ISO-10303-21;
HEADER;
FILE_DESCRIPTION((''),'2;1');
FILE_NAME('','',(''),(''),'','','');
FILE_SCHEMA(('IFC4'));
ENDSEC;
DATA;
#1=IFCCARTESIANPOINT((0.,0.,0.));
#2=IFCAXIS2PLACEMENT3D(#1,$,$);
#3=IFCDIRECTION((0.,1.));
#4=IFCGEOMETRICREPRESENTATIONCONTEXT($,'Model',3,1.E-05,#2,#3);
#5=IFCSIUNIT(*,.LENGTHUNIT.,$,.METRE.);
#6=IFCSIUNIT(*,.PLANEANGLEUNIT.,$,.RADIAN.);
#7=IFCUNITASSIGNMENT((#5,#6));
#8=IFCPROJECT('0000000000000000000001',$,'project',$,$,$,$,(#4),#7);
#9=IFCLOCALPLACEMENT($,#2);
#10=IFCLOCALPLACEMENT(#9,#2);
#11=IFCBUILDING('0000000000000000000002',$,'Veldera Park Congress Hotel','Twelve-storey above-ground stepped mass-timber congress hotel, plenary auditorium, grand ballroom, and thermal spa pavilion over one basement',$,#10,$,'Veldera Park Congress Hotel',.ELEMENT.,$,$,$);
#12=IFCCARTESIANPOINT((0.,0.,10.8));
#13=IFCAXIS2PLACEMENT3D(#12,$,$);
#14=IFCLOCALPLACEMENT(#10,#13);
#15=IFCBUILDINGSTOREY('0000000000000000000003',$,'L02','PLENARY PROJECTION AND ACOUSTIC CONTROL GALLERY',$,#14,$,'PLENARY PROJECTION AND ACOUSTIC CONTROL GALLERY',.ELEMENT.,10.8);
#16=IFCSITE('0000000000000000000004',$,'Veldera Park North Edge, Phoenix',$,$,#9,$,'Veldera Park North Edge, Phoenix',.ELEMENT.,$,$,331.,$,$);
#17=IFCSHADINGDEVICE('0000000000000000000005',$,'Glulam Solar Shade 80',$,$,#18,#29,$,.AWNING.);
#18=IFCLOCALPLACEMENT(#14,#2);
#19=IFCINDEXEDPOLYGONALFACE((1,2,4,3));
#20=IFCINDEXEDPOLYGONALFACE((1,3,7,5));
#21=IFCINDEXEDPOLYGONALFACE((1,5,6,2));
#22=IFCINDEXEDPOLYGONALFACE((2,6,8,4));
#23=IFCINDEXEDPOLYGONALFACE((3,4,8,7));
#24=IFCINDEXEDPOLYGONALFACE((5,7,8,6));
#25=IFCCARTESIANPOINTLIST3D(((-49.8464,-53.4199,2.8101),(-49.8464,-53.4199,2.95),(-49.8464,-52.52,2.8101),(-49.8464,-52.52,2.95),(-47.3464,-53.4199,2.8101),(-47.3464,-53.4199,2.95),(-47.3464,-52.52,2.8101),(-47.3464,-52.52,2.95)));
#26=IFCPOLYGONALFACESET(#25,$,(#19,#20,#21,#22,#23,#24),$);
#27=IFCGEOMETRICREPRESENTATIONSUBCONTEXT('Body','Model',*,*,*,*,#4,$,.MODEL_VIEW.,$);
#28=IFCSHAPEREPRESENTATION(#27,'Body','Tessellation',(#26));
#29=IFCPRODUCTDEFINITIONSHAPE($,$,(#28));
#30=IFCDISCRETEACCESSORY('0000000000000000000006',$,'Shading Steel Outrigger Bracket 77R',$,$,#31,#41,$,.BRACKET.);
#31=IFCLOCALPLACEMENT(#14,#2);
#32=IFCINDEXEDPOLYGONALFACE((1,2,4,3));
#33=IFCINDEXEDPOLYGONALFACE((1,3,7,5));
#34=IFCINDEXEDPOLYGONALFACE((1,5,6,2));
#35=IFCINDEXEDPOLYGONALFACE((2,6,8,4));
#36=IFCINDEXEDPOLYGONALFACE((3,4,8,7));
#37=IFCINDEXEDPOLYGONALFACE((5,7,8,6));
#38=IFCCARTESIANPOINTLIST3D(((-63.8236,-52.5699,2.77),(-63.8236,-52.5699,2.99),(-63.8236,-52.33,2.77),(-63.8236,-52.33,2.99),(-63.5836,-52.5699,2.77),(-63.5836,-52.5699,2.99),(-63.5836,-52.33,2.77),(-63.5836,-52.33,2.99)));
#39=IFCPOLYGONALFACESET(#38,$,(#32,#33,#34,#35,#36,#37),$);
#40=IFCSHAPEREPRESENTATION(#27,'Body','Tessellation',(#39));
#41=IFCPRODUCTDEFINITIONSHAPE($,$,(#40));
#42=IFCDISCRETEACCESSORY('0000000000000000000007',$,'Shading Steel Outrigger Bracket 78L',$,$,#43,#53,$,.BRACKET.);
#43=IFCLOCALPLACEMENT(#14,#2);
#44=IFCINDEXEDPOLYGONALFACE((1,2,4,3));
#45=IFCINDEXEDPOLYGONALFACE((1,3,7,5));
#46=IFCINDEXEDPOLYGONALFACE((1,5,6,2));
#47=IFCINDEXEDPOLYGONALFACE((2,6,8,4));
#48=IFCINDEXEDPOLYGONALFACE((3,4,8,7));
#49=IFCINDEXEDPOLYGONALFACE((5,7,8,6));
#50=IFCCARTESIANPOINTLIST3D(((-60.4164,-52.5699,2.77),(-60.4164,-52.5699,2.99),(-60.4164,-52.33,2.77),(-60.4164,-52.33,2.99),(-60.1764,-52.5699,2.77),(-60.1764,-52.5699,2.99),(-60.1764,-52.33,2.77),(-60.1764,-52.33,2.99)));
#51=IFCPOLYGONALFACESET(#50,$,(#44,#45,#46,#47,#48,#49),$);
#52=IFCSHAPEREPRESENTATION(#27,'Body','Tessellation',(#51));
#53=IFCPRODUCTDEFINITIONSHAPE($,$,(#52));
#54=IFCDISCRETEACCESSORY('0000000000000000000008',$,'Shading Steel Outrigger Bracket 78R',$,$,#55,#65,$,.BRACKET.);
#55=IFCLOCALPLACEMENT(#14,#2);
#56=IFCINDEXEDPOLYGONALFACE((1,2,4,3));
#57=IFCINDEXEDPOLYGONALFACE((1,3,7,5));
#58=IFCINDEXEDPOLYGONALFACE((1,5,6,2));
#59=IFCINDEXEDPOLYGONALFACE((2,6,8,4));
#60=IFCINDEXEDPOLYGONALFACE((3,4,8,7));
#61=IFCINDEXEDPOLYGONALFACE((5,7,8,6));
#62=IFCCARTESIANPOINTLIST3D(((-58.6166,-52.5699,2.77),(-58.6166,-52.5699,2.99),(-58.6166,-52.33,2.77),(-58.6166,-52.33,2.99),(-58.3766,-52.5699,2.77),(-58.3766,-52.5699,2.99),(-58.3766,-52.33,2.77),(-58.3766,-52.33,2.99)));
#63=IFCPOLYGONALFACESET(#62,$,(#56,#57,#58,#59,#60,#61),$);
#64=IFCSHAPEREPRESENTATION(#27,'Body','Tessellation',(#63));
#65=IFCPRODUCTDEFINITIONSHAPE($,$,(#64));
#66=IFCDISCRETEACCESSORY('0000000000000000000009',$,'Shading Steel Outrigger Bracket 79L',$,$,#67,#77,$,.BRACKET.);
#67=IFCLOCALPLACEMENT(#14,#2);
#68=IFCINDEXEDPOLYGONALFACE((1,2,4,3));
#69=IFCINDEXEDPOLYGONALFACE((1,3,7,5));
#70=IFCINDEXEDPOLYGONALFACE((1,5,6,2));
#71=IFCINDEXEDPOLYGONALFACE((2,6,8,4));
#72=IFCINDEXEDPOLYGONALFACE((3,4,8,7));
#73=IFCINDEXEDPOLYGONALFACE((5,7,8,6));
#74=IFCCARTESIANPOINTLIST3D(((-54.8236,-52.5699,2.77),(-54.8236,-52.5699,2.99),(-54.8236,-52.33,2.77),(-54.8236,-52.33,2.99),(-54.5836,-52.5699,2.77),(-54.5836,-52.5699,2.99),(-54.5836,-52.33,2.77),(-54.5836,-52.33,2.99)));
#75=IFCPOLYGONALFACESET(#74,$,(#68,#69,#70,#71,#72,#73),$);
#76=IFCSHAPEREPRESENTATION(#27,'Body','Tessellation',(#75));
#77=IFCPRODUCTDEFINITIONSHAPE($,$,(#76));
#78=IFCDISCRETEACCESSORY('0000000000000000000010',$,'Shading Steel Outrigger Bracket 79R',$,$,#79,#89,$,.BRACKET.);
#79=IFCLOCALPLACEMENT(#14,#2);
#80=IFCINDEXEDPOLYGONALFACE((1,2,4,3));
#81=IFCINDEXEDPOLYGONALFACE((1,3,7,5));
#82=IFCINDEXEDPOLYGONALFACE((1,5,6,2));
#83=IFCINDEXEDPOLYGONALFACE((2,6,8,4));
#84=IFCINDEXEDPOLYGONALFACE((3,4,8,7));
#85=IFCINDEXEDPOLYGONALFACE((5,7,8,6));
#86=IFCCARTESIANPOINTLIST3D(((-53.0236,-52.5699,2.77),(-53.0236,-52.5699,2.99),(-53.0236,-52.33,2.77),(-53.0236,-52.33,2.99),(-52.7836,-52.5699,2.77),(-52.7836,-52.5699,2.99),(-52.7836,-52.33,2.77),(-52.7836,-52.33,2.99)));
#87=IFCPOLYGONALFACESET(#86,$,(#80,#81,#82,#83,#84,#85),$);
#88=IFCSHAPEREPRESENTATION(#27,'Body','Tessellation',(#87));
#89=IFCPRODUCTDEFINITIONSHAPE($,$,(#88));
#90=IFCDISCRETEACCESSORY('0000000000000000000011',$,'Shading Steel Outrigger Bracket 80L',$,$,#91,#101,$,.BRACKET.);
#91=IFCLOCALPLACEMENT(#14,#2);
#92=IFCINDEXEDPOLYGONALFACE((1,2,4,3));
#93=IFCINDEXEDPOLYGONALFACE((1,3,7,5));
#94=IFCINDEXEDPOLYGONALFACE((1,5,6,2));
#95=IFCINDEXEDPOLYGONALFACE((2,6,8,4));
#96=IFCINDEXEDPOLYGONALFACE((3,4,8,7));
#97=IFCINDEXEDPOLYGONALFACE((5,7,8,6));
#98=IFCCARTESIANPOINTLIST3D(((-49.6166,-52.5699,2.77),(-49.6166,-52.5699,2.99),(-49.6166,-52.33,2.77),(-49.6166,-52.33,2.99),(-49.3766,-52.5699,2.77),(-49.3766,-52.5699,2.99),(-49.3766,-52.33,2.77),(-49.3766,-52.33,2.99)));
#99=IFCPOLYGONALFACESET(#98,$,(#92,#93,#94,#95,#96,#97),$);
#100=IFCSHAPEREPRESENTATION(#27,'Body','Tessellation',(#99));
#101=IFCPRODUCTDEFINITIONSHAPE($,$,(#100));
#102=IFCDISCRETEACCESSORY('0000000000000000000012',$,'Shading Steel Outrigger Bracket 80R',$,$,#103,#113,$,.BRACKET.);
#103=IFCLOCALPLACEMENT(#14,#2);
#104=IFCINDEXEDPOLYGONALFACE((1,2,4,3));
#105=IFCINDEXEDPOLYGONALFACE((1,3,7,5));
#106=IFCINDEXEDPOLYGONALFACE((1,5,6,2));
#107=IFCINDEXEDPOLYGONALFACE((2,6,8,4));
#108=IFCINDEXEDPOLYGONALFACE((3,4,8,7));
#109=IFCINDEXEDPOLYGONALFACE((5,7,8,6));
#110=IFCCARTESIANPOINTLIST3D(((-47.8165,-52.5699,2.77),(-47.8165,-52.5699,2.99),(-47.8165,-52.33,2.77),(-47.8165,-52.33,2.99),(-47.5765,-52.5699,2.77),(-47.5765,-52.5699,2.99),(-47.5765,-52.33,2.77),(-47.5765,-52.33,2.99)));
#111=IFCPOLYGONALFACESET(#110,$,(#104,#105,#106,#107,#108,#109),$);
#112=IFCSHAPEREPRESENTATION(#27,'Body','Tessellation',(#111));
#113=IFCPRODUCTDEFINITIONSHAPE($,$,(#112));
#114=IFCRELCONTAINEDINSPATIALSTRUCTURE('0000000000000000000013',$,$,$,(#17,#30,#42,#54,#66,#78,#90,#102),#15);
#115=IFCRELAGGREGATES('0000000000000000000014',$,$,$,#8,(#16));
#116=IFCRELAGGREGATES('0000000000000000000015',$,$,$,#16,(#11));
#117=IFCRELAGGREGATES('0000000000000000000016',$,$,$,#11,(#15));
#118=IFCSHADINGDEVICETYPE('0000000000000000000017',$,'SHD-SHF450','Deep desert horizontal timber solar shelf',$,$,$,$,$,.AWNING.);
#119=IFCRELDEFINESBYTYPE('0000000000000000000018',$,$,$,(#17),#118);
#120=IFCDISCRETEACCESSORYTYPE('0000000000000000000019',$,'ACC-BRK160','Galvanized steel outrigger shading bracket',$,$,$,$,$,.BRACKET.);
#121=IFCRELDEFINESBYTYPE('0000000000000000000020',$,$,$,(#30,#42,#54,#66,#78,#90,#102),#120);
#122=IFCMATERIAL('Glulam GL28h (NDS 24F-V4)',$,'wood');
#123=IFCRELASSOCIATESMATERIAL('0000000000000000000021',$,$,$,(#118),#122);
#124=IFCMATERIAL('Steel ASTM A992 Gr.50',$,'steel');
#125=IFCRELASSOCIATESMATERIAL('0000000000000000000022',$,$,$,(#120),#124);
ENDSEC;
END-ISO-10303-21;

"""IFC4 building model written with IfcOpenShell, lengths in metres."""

from ifc_helpers import new_model, si_unit, direction, frame, origin, origin_2d, place, context, subcontext, project, spatial, rectangle, extrude, material, type_object, element, save


model = new_model("IFC4")

# Units and contexts
model_context = context("Model", 3, precision=1e-05, world=origin(), true_north=direction((0.0, 1.0)))
body_context = subcontext(model_context, "Body", "Model", "MODEL_VIEW")
ifc_project = project(units=[si_unit("LENGTHUNIT", "METRE"), si_unit("PLANEANGLEUNIT", "RADIAN")], contexts=[model_context])

# Site, building, storey
site_placement = place(None, origin())
site = spatial("IfcSite", under=ifc_project, at=site_placement, Name="Veldera Park North Edge, Phoenix", LongName="Veldera Park North Edge, Phoenix", CompositionType="ELEMENT", RefElevation=331.0)
building_placement = place(site_placement, origin())
building = spatial("IfcBuilding", under=site, at=building_placement, Name="Veldera Park Congress Hotel", Description="Twelve-storey above-ground stepped mass-timber congress hotel, plenary auditorium, grand ballroom, and thermal spa pavilion over one basement", LongName="Veldera Park Congress Hotel", CompositionType="ELEMENT")
storey_placement = place(building_placement, frame((0.0, 0.0, 10.8)))
storey = spatial("IfcBuildingStorey", under=building, at=storey_placement, Name="L02", Description="PLENARY PROJECTION AND ACOUSTIC CONTROL GALLERY", LongName="PLENARY PROJECTION AND ACOUSTIC CONTROL GALLERY", CompositionType="ELEMENT", Elevation=10.8)

# Shared definitions
ifc_material_1 = material(Name="Glulam GL28h (NDS 24F-V4)", Category="wood")

# Shared definitions
ifc_material_2 = material(Name="Steel ASTM A992 Gr.50", Category="steel")

# Shading device
shading_device_type = type_object("IfcShadingDeviceType", Name="SHD-SHF450", Description="Deep desert horizontal timber solar shelf", PredefinedType="AWNING", material=ifc_material_1)
for number, where, z_axis, x_axis, name in (
    (1, (-48.5964, -52.97, 2.8101), (0.0, 0.0, 1.0), (1.0, 0.0, 0.0), "Glulam Solar Shade 80"),
):
    element("IfcShadingDevice", number, at=place(storey_placement, frame(where, z_axis=z_axis, x_axis=x_axis)), inside=storey, type_object=shading_device_type, Name=name, PredefinedType="AWNING", context=body_context, shape_type="SweptSolid", body=[
        extrude(rectangle(XDim=2.5, YDim=0.8999, at=origin_2d()), origin(), (0.0, 0.0, 1.0), 0.1399),
    ])

# Discrete accessories
discrete_accessory_type = type_object("IfcDiscreteAccessoryType", Name="ACC-BRK160", Description="Galvanized steel outrigger shading bracket", PredefinedType="BRACKET", material=ifc_material_2)
for number, where, z_axis, x_axis, name in (
    (2, (-63.7036, -52.45, 2.77), (0.0, 0.0, 1.0), (1.0, 0.0, 0.0), "Shading Steel Outrigger Bracket 77R"),
    (3, (-60.2964, -52.45, 2.77), (0.0, 0.0, 1.0), (1.0, 0.0, 0.0), "Shading Steel Outrigger Bracket 78L"),
    (4, (-58.4966, -52.45, 2.77), (0.0, 0.0, 1.0), (1.0, 0.0, 0.0), "Shading Steel Outrigger Bracket 78R"),
    (5, (-54.7036, -52.45, 2.77), (0.0, 0.0, 1.0), (1.0, 0.0, 0.0), "Shading Steel Outrigger Bracket 79L"),
    (6, (-52.9036, -52.45, 2.77), (0.0, 0.0, 1.0), (1.0, 0.0, 0.0), "Shading Steel Outrigger Bracket 79R"),
    (7, (-49.4966, -52.45, 2.77), (0.0, 0.0, 1.0), (1.0, 0.0, 0.0), "Shading Steel Outrigger Bracket 80L"),
    (8, (-47.6965, -52.45, 2.77), (0.0, 0.0, 1.0), (1.0, 0.0, 0.0), "Shading Steel Outrigger Bracket 80R"),
):
    element("IfcDiscreteAccessory", number, at=place(storey_placement, frame(where, z_axis=z_axis, x_axis=x_axis)), inside=storey, type_object=discrete_accessory_type, Name=name, PredefinedType="BRACKET", context=body_context, shape_type="SweptSolid", body=[
        extrude(rectangle(XDim=0.24, YDim=0.24, at=origin_2d()), origin(), (0.0, 0.0, 1.0), 0.22),
    ])

save(model, "model.ifc")
